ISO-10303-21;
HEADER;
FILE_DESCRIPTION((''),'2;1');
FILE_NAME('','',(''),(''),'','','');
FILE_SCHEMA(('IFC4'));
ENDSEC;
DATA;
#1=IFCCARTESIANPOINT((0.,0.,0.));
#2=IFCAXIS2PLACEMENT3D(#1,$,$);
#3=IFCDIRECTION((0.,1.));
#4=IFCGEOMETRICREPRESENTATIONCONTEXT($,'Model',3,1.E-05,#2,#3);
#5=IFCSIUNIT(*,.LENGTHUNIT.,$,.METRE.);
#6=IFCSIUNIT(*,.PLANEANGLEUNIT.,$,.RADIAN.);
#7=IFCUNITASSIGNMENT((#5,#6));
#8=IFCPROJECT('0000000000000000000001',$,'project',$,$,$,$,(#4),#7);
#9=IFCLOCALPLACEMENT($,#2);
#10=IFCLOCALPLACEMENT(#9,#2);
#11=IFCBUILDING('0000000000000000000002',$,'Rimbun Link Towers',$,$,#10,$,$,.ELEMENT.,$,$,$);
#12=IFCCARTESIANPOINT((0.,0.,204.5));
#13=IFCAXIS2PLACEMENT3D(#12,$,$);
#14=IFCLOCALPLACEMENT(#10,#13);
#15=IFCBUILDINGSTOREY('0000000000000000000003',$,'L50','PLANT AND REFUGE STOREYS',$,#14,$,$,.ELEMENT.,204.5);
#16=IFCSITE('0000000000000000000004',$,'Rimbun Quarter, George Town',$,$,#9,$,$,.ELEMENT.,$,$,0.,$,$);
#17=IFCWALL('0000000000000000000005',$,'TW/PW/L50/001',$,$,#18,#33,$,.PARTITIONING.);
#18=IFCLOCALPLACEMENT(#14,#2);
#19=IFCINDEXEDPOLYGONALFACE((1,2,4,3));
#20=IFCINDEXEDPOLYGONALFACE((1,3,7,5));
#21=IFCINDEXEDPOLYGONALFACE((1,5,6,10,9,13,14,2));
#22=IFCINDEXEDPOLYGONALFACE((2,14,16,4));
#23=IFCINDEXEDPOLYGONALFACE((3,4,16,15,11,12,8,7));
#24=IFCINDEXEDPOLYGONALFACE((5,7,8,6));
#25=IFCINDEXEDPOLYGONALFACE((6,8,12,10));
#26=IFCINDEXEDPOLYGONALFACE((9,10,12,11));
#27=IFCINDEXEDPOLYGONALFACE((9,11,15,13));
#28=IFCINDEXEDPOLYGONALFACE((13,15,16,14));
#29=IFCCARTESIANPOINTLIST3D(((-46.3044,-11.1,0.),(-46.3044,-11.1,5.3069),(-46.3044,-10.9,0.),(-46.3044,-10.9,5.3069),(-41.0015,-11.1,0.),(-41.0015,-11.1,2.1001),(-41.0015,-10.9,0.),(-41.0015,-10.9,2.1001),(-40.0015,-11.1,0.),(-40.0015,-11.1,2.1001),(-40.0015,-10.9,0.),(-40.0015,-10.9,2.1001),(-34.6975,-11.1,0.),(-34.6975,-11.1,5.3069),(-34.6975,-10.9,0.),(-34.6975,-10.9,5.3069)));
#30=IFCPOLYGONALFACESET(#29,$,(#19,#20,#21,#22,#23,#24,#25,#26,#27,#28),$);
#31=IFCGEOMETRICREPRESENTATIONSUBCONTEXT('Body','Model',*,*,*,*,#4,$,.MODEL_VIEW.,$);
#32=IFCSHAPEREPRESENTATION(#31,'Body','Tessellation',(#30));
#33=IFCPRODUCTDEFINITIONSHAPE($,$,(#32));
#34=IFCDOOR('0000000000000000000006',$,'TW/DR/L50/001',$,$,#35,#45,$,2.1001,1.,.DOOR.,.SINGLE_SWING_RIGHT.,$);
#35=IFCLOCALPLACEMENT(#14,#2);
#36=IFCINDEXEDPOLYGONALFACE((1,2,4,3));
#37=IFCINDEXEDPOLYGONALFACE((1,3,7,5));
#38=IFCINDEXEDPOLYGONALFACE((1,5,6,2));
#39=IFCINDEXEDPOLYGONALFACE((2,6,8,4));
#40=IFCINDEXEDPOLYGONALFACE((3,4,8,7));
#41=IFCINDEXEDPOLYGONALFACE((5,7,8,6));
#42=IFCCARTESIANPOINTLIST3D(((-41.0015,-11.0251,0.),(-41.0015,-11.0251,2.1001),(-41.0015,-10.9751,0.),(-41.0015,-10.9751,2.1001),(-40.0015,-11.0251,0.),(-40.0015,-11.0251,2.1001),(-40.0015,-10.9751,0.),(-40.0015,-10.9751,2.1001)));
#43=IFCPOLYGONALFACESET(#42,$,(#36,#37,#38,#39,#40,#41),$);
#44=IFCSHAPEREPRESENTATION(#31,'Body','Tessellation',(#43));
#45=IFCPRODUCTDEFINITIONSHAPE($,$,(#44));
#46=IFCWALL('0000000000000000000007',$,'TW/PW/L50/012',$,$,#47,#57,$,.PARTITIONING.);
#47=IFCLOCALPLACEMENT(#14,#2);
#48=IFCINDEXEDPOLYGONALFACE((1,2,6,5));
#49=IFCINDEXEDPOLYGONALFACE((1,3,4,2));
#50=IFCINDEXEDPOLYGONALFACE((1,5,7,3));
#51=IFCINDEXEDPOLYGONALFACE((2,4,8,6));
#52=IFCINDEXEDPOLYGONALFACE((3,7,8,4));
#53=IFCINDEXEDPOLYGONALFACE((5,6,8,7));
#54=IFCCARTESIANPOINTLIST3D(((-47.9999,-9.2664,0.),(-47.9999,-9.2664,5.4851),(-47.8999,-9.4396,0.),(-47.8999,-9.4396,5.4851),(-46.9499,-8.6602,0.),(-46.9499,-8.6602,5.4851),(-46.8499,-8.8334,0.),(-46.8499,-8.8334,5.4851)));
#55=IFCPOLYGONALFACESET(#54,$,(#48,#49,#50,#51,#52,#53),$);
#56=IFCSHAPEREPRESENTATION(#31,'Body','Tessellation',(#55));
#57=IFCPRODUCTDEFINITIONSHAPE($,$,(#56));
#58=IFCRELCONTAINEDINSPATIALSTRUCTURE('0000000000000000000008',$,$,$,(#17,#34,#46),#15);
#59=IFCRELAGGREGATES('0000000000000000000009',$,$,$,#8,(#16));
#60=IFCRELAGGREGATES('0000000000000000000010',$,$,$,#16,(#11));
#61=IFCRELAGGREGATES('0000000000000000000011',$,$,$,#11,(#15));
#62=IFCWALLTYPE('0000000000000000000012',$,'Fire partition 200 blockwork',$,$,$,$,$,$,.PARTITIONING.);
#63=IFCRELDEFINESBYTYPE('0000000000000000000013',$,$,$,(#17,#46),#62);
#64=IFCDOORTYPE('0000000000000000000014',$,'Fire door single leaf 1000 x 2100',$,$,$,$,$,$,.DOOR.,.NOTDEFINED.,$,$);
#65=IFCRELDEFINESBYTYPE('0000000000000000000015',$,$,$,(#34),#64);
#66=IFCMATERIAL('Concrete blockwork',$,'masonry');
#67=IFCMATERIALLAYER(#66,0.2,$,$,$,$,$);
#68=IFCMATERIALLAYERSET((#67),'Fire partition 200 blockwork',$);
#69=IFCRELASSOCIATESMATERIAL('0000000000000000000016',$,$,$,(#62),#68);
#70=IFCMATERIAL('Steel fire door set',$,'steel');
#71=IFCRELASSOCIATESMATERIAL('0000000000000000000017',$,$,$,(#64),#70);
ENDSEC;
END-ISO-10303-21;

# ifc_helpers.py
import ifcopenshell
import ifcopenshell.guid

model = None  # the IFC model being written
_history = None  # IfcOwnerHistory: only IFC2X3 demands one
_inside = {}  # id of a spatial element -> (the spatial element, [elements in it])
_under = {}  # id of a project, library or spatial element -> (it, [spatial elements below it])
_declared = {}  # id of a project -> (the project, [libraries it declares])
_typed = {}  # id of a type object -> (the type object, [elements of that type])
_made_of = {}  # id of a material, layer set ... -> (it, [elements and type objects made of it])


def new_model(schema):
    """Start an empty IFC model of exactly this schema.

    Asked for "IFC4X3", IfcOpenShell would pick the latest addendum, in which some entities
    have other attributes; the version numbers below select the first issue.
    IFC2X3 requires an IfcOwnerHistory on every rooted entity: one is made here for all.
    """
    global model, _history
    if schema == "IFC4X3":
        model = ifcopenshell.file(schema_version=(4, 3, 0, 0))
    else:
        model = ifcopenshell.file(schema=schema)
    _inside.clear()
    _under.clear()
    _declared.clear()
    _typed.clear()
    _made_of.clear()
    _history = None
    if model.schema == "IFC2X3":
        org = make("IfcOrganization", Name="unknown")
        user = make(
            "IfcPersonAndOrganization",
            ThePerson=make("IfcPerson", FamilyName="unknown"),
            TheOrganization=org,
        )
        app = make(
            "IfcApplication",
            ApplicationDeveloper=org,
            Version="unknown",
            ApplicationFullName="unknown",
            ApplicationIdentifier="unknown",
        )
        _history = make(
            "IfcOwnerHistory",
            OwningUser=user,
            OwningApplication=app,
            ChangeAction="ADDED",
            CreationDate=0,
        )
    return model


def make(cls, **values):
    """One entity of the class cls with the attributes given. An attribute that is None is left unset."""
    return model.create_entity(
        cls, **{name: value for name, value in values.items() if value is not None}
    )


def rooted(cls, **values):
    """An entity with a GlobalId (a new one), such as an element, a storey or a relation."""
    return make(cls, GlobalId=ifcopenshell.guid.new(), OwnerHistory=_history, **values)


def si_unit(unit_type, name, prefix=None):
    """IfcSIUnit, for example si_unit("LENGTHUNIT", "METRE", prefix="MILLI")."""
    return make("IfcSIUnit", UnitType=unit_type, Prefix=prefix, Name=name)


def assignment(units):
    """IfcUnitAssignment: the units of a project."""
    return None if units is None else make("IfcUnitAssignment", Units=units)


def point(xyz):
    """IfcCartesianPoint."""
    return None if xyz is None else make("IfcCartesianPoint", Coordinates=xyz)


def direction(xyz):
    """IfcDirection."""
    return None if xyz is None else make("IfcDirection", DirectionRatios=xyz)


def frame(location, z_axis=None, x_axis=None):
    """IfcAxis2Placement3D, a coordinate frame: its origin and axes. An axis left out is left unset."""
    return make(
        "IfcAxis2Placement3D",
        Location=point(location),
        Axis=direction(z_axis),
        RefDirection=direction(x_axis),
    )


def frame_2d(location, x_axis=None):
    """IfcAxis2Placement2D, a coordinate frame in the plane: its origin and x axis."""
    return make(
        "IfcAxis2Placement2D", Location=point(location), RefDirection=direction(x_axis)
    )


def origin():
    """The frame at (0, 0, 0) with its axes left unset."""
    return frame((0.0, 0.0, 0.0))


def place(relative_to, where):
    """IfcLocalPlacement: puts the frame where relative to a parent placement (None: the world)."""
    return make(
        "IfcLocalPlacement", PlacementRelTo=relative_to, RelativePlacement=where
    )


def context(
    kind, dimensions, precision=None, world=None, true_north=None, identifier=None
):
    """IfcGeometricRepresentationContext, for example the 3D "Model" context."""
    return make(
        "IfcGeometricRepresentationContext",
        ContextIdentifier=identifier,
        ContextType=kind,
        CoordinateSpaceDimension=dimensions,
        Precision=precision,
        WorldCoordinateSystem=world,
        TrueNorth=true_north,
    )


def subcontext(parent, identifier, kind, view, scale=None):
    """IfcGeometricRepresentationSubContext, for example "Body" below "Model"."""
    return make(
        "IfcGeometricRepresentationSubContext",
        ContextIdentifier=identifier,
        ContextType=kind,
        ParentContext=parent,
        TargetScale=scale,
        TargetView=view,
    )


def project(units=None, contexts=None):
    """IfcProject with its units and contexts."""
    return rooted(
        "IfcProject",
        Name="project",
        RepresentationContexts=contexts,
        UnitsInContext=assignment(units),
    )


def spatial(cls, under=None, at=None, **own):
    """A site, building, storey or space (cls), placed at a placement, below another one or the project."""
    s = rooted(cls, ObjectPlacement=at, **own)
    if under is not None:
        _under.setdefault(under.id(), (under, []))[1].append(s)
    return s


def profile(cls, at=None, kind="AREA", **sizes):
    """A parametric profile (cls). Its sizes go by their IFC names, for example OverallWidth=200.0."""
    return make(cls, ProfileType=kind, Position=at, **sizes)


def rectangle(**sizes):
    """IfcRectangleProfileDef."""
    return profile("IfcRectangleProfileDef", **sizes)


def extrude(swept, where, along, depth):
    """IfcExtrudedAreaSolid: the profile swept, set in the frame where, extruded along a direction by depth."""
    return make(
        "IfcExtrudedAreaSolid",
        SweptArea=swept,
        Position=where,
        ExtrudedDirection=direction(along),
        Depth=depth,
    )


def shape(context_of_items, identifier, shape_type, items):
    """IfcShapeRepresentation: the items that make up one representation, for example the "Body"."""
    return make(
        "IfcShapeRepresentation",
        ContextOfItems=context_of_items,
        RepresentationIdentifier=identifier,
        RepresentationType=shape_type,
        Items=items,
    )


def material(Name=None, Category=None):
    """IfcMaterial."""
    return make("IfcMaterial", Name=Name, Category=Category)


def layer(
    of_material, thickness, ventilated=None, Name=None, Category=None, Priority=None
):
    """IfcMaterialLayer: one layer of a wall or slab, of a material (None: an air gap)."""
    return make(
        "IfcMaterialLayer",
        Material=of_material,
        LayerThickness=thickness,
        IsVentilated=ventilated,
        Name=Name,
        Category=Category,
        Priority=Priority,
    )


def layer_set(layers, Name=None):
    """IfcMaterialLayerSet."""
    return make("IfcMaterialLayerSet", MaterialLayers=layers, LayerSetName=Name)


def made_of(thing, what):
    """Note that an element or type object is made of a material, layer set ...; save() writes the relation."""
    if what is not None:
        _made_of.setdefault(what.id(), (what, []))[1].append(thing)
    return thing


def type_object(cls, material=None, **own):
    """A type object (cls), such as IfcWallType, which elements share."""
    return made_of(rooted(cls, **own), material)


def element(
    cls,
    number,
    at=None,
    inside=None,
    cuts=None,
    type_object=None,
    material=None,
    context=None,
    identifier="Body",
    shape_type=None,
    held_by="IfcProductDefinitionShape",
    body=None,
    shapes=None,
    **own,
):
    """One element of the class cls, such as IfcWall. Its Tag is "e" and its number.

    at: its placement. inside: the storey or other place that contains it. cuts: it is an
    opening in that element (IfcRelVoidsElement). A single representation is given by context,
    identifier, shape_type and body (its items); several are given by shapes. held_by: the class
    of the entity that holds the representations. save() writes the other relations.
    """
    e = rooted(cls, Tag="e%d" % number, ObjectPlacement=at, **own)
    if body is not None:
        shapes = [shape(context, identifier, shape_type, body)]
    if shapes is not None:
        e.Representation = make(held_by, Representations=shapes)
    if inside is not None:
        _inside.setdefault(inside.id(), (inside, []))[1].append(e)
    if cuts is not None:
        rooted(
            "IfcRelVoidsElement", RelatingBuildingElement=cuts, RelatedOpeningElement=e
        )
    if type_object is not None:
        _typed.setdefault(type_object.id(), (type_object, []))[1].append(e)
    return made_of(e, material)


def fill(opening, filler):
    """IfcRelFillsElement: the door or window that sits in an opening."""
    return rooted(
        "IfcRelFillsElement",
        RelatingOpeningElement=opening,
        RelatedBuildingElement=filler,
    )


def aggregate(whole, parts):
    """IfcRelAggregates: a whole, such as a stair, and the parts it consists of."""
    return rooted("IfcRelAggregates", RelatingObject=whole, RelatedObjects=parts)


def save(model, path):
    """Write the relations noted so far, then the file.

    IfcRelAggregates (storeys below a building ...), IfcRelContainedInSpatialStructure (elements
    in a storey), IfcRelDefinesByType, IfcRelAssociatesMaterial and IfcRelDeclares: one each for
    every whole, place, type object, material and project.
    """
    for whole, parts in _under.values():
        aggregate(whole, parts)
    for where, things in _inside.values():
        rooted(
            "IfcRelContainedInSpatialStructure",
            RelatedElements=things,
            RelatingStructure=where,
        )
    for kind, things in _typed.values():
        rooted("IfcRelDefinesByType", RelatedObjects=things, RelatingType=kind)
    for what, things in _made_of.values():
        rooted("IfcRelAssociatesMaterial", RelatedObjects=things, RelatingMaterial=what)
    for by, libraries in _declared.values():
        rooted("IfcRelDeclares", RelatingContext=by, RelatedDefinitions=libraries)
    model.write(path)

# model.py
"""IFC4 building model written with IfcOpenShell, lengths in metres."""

from ifc_helpers import new_model, si_unit, direction, frame, frame_2d, origin, place, context, subcontext, project, spatial, rectangle, extrude, material, layer, layer_set, type_object, element, fill, save


model = new_model("IFC4")

# Units and contexts
model_context = context("Model", 3, precision=1e-05, world=origin(), true_north=direction((0.0, 1.0)))
body_context = subcontext(model_context, "Body", "Model", "MODEL_VIEW")
ifc_project = project(units=[si_unit("LENGTHUNIT", "METRE"), si_unit("PLANEANGLEUNIT", "RADIAN")], contexts=[model_context])

# Site, building, storey
site_placement = place(None, origin())
site = spatial("IfcSite", under=ifc_project, at=site_placement, Name="Rimbun Quarter, George Town", CompositionType="ELEMENT", RefElevation=0.0)
building_placement = place(site_placement, origin())
building = spatial("IfcBuilding", under=site, at=building_placement, Name="Rimbun Link Towers", CompositionType="ELEMENT")
storey_placement = place(building_placement, frame((0.0, 0.0, 204.5)))
storey = spatial("IfcBuildingStorey", under=building, at=storey_placement, Name="L50", Description="PLANT AND REFUGE STOREYS", CompositionType="ELEMENT", Elevation=204.5)

# Wall, opening, door
ifc_material_1 = material(Name="Concrete blockwork", Category="masonry")
ifc_layer_1 = layer(ifc_material_1, 0.2)
ifc_layer_set_1 = layer_set([ifc_layer_1], Name="Fire partition 200 blockwork")
wall_type_1 = type_object("IfcWallType", Name="Fire partition 200 blockwork", PredefinedType="PARTITIONING", material=ifc_layer_set_1)
wall_1_placement = place(storey_placement, frame((-46.3044, -11.0, 0.0), z_axis=(0.0, 0.0, 1.0), x_axis=(1.0, 0.0, 0.0)))
wall_1 = element("IfcWall", 1, at=wall_1_placement, inside=storey, type_object=wall_type_1, Name="TW/PW/L50/001", PredefinedType="PARTITIONING", context=body_context, shape_type="SweptSolid", body=[
    extrude(rectangle(XDim=11.6069, YDim=0.2, at=frame_2d((5.8035, 0.0))), origin(), (0.0, 0.0, 1.0), 5.3069),
])
opening_placement = place(wall_1_placement, frame((5.303, 0.0, 0.0)))
opening = element("IfcOpeningElement", 2, at=opening_placement, cuts=wall_1, PredefinedType="OPENING", context=body_context, shape_type="SweptSolid", body=[
    extrude(rectangle(XDim=1.0, YDim=2.1001, at=frame_2d((0.5, 1.05))), frame((0.0, 0.1099, 0.0), z_axis=(0.0, -1.0, 0.0), x_axis=(1.0, 0.0, 0.0)), (0.0, 0.0, 1.0), 0.22),
])
ifc_material_2 = material(Name="Steel fire door set", Category="steel")
door_type = type_object("IfcDoorType", Name="Fire door single leaf 1000 x 2100", OperationType="NOTDEFINED", PredefinedType="DOOR", material=ifc_material_2)
door_placement = place(opening_placement, origin())
door = element("IfcDoor", 3, at=door_placement, inside=storey, type_object=door_type, Name="TW/DR/L50/001", OperationType="SINGLE_SWING_RIGHT", OverallHeight=2.1001, OverallWidth=1.0, PredefinedType="DOOR", context=body_context, shape_type="SweptSolid", body=[
    extrude(rectangle(XDim=1.0, YDim=2.1001, at=frame_2d((0.5, 1.05))), frame((0.0, 0.0249, 0.0), z_axis=(0.0, -1.0, 0.0), x_axis=(1.0, 0.0, 0.0)), (0.0, 0.0, 1.0), 0.05),
])
fill(opening, door)

# Wall
wall_2_placement = place(storey_placement, frame((-46.8999, -8.7468, 0.0), z_axis=(0.0, 0.0, 1.0), x_axis=(-0.866041, -0.499972, 0.0)))
element("IfcWall", 4, at=wall_2_placement, inside=storey, type_object=wall_type_1, Name="TW/PW/L50/012", PredefinedType="PARTITIONING", context=body_context, shape_type="SweptSolid", body=[
    extrude(rectangle(XDim=1.2124, YDim=0.2, at=frame_2d((0.6062, 0.0))), origin(), (0.0, 0.0, 1.0), 5.4851),
])

save(model, "model.ifc")
